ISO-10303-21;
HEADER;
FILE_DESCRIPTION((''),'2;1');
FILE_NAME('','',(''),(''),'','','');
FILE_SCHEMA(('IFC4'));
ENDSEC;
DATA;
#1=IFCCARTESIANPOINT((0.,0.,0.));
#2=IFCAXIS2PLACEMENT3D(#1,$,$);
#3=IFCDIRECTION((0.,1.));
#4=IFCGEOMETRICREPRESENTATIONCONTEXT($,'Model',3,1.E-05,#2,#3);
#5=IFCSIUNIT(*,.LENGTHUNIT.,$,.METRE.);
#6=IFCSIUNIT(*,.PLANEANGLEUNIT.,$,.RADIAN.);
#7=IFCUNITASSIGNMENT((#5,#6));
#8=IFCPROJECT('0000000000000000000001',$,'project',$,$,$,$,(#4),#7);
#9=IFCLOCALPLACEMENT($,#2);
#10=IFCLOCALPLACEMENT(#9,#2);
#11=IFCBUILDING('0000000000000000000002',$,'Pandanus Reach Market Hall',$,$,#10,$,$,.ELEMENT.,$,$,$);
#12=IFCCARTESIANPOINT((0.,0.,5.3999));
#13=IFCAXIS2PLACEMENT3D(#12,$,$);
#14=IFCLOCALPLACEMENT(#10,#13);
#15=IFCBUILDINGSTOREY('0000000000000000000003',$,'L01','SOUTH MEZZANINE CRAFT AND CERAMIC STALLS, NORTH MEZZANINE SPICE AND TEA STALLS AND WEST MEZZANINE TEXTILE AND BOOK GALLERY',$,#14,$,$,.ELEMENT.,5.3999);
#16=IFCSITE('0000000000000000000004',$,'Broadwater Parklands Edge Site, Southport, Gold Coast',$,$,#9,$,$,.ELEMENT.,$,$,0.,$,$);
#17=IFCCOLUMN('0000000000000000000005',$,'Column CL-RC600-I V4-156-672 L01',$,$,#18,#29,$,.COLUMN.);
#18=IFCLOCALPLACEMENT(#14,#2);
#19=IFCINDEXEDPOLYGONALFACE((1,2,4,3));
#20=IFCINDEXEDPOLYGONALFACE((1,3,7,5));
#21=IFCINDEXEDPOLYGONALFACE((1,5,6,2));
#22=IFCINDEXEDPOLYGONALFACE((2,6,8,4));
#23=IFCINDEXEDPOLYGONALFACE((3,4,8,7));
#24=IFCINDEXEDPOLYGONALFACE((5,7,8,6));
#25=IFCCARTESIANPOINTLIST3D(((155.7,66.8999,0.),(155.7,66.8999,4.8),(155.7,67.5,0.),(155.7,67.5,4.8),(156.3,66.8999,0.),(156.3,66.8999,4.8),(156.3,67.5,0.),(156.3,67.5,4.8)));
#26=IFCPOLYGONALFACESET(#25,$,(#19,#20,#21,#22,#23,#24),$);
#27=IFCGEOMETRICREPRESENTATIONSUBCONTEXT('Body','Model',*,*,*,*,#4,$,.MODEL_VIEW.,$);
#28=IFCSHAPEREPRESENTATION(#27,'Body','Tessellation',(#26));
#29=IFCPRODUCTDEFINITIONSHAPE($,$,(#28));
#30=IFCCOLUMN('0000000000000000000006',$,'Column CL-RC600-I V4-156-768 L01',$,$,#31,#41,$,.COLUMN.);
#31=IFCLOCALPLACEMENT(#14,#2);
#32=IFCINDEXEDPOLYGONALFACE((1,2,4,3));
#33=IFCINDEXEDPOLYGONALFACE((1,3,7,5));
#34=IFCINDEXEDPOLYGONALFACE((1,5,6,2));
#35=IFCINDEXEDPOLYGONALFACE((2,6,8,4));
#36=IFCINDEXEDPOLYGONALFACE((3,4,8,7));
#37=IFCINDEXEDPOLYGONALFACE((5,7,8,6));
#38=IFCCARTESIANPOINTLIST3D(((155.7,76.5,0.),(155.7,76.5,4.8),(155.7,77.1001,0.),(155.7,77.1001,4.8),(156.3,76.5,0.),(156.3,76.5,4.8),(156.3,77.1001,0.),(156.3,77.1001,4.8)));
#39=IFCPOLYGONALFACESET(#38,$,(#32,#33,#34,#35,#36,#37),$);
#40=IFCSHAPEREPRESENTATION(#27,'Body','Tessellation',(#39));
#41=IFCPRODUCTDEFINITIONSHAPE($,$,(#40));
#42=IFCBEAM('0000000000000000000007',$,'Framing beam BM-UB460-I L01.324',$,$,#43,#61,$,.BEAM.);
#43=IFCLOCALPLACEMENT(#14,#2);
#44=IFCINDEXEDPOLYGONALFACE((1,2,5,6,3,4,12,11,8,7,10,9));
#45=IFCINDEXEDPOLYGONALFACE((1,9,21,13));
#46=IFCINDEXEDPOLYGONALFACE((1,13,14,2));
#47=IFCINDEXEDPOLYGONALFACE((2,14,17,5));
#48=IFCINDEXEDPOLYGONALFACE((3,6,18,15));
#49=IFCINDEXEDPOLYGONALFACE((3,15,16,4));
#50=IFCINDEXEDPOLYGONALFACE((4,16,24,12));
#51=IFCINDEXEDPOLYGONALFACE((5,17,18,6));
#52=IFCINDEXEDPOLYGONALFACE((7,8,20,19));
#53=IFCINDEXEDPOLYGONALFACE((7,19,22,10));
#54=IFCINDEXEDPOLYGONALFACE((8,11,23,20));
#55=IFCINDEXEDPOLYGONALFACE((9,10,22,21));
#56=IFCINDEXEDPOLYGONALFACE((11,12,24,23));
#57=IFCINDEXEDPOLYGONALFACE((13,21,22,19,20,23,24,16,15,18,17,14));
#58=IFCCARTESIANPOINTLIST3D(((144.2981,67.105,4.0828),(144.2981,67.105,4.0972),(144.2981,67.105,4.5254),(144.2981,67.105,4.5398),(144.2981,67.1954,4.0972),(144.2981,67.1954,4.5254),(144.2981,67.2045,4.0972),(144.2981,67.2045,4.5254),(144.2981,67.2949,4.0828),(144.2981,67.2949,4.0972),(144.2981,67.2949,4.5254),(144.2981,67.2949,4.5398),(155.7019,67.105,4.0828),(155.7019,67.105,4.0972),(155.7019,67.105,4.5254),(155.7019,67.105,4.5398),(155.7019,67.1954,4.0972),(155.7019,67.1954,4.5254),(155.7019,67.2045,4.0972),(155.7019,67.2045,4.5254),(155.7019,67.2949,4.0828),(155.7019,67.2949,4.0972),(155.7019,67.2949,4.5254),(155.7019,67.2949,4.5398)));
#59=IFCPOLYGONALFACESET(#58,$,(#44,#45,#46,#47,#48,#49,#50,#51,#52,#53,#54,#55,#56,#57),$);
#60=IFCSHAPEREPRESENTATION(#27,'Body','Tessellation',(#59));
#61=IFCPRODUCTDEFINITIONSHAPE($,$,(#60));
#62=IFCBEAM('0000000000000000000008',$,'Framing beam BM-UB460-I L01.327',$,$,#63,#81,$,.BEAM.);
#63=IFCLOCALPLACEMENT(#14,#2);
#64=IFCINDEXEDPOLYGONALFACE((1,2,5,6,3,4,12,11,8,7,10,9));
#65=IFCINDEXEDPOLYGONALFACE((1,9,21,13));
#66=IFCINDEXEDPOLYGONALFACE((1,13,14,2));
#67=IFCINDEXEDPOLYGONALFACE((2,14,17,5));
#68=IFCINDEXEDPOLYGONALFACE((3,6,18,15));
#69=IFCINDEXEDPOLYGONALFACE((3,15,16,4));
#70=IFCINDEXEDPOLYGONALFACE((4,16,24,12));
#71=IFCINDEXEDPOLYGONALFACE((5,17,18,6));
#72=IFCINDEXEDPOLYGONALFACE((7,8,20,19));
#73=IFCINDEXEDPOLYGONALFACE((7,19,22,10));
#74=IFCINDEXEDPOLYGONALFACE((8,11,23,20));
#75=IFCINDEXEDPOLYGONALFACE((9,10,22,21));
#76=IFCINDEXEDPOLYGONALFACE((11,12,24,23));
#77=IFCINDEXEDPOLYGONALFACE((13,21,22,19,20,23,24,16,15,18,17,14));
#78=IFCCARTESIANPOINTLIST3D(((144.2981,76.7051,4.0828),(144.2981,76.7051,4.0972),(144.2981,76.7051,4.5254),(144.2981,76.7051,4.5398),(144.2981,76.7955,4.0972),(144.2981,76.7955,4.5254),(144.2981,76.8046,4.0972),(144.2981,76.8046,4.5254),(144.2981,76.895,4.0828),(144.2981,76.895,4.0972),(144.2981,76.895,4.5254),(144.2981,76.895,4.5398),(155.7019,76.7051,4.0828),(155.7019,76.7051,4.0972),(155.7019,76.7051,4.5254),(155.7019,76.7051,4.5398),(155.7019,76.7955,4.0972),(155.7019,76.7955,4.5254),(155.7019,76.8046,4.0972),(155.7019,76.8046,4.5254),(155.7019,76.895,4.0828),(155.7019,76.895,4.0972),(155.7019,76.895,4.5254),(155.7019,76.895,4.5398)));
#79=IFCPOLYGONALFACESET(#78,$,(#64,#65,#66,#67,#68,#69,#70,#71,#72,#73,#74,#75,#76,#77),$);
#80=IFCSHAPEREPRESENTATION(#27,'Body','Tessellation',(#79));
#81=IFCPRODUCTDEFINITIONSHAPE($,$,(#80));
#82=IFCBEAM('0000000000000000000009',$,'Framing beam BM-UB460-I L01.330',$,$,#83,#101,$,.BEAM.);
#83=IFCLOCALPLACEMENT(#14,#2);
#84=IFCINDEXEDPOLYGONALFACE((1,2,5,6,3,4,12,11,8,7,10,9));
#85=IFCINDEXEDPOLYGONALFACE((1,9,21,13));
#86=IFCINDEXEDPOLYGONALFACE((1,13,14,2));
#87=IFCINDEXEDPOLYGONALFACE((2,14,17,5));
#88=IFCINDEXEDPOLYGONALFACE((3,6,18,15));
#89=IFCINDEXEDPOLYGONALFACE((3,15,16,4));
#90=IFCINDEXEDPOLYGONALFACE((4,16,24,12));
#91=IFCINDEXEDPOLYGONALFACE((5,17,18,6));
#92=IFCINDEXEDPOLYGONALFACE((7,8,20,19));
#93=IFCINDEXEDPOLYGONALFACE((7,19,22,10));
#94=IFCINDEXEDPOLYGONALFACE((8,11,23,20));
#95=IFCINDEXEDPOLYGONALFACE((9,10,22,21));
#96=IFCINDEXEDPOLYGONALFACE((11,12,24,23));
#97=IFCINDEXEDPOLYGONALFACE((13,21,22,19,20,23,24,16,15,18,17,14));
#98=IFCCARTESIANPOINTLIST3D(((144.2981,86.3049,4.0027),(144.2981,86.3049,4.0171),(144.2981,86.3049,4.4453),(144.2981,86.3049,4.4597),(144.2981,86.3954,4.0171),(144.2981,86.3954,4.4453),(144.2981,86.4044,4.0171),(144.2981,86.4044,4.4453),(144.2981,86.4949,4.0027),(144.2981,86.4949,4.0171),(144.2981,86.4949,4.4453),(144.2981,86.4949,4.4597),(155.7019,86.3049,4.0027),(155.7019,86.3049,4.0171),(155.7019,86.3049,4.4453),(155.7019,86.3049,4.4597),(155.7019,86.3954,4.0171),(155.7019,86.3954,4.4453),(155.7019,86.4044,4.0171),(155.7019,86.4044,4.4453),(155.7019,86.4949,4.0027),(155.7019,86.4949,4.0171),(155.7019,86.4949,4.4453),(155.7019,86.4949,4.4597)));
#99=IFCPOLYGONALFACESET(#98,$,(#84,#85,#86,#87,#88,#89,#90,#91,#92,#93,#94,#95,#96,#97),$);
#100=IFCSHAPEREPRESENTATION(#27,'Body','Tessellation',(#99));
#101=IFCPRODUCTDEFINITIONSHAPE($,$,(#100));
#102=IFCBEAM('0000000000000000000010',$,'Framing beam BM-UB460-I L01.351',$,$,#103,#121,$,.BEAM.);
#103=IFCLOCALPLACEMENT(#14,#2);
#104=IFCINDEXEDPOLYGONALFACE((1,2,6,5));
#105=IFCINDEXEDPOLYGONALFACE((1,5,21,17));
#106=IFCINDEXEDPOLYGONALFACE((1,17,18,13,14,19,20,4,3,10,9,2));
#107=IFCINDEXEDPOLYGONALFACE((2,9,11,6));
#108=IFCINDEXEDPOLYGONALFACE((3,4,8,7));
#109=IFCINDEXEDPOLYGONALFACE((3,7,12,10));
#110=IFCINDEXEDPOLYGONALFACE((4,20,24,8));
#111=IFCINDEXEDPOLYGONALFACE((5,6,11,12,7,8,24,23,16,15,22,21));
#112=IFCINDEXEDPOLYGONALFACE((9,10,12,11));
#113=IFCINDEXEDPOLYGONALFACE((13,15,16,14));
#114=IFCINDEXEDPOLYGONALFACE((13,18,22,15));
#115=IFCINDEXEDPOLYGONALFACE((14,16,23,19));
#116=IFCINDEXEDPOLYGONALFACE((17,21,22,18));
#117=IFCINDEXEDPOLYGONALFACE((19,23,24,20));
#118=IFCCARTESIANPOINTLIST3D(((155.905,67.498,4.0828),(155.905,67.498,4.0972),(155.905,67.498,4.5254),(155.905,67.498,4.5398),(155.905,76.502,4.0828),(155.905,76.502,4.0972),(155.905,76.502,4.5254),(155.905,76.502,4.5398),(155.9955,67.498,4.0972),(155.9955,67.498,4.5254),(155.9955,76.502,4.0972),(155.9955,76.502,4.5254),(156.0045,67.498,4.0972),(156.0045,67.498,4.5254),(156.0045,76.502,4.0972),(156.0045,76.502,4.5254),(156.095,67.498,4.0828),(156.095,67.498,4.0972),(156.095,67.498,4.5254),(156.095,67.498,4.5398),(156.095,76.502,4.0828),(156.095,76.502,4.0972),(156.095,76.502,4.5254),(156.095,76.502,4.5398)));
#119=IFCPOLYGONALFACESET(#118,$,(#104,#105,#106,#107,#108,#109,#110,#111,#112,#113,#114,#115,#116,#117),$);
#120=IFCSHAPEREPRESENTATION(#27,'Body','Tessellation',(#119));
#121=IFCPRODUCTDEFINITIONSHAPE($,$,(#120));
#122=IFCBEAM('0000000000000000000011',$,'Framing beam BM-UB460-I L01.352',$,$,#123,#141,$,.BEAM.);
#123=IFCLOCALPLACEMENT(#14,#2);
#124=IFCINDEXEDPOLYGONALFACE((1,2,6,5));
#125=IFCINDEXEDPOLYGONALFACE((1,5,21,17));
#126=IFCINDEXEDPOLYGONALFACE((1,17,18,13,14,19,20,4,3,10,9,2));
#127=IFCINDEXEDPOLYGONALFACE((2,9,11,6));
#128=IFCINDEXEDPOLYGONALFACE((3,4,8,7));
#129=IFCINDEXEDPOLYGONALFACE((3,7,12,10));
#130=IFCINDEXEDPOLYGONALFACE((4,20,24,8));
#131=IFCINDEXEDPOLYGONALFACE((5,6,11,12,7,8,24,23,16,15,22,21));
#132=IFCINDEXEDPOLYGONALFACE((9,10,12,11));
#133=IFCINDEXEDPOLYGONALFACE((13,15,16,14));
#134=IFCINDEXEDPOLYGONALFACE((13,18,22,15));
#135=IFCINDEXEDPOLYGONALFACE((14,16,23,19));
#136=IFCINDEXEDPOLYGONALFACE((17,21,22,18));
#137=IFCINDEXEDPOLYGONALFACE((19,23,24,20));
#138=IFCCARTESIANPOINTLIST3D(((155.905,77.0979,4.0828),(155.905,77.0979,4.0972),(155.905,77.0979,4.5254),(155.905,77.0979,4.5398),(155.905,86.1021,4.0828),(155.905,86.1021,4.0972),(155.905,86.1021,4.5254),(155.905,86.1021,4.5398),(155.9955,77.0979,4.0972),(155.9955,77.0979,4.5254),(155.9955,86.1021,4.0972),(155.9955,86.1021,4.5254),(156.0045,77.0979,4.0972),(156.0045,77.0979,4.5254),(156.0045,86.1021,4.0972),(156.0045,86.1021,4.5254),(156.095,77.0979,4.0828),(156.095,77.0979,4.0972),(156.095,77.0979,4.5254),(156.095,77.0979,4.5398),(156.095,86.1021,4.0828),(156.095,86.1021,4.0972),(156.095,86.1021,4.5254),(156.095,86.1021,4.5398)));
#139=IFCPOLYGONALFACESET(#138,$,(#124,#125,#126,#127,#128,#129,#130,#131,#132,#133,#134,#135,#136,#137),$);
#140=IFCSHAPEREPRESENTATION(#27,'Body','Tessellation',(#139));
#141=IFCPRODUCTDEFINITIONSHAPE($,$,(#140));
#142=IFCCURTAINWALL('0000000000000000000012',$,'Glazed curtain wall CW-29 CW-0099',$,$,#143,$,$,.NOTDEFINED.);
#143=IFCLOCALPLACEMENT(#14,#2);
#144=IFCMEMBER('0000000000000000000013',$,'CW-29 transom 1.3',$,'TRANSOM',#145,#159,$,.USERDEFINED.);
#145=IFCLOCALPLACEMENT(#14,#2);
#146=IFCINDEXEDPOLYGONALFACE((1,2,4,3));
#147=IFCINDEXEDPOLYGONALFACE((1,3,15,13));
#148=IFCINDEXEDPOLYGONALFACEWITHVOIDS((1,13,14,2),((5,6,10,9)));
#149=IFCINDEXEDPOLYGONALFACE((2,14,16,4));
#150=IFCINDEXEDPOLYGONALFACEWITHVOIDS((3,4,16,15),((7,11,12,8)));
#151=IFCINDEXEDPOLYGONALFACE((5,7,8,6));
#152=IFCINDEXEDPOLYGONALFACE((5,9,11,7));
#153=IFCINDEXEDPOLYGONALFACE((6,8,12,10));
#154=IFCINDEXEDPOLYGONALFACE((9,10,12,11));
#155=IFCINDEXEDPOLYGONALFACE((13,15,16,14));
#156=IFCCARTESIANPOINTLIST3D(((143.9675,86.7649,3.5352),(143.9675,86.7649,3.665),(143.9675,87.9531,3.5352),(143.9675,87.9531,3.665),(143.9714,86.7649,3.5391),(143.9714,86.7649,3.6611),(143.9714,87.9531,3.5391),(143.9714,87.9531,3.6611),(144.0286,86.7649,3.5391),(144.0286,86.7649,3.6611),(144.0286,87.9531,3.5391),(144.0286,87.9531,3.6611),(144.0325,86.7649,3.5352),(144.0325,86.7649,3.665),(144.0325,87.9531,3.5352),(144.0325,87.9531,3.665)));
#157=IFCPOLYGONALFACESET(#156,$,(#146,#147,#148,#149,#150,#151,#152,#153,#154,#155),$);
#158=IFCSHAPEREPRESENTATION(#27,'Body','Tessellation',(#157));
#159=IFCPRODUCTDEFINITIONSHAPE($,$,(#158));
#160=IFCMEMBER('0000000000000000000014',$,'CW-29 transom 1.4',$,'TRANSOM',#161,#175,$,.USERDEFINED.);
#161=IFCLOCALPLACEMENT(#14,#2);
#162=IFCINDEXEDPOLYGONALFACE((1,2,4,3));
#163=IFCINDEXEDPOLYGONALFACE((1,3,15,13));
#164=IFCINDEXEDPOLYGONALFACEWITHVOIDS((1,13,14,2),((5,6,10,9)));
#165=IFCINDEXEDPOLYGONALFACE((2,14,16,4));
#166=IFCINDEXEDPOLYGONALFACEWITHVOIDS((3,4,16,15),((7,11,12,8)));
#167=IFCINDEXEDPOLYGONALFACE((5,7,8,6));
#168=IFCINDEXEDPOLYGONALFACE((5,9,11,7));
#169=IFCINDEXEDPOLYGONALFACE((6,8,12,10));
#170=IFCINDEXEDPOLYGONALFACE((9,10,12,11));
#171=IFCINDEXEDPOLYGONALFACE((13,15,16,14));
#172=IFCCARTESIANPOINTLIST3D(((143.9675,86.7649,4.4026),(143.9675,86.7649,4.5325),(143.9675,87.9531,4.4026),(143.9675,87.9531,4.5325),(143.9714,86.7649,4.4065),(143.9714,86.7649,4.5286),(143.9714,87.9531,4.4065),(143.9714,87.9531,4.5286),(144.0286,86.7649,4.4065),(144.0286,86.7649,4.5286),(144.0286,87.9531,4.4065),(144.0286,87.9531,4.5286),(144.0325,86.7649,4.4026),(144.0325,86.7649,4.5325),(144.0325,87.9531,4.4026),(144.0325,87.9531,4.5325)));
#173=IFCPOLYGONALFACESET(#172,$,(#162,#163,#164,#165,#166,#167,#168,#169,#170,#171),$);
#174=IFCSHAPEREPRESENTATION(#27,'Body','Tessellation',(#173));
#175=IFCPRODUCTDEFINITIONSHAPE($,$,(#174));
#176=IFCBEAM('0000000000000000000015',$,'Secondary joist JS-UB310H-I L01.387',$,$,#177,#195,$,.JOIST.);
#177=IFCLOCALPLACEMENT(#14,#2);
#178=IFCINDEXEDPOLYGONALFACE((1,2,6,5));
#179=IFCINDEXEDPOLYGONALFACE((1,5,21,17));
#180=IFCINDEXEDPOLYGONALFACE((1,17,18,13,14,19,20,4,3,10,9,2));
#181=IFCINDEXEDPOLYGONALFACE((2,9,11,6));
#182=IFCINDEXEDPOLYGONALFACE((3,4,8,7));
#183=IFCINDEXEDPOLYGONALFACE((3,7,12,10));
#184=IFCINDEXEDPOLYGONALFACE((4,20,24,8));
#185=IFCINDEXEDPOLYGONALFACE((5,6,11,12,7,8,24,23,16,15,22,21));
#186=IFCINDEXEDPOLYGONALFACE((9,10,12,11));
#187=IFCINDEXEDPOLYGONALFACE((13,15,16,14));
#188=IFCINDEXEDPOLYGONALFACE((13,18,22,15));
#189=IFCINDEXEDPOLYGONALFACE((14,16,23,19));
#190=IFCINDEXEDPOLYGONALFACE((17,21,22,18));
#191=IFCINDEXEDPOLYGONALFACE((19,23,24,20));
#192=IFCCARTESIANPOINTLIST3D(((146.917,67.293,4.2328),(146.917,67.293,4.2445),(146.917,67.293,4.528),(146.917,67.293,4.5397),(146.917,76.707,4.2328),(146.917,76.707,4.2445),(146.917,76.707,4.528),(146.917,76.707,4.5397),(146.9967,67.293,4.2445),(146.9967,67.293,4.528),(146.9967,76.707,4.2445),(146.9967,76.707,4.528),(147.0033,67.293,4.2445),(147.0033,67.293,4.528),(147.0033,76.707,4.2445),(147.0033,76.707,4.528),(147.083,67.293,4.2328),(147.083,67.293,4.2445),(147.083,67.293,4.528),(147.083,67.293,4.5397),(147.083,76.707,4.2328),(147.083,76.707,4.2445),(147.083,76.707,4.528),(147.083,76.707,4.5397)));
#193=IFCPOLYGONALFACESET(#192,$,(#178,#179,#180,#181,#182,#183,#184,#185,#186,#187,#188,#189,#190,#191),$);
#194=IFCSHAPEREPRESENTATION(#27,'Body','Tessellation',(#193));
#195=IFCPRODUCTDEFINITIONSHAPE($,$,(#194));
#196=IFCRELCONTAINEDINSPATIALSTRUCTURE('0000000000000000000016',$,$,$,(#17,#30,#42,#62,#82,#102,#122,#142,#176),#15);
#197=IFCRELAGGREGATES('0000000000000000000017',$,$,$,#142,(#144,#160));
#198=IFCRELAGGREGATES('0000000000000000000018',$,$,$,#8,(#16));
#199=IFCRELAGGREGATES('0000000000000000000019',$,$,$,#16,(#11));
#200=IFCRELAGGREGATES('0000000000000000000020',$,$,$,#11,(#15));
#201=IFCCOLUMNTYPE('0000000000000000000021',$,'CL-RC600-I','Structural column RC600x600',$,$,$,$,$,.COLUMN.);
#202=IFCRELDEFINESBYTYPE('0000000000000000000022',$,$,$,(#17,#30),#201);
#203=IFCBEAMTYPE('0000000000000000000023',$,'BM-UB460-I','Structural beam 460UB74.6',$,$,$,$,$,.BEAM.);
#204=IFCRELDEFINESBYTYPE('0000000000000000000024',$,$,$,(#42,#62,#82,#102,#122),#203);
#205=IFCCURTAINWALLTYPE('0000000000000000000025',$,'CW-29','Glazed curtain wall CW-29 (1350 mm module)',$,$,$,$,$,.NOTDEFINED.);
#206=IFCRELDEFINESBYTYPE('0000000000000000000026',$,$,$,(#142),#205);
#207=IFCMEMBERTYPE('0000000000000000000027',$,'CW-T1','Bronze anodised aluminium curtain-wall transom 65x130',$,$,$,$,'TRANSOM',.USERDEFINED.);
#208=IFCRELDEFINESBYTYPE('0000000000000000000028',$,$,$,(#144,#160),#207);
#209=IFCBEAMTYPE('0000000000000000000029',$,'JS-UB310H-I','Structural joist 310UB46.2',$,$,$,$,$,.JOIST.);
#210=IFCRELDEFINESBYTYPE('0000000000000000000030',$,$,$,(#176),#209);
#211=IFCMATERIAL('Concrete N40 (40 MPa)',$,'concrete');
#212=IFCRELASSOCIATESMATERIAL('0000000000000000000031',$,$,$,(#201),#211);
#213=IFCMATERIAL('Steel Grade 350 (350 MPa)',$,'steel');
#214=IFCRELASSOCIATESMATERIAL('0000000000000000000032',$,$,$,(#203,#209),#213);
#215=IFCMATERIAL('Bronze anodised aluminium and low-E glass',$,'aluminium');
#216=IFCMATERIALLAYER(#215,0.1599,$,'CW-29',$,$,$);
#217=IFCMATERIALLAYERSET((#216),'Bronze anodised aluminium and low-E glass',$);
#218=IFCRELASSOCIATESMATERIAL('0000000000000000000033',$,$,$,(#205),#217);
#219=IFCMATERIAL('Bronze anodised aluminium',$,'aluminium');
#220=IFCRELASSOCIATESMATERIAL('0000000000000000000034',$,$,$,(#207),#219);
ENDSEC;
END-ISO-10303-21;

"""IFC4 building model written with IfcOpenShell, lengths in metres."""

from ifc_helpers import new_model, si_unit, direction, frame, origin, origin_2d, place, context, subcontext, project, spatial, rectangle, hollow_rectangle, i_section, extrude, material, layer, layer_set, material_profile, profile_set, type_object, element, aggregate, save


model = new_model("IFC4")

# Units and contexts
model_context = context("Model", 3, precision=1e-05, world=origin(), true_north=direction((0.0, 1.0)))
body_context = subcontext(model_context, "Body", "Model", "MODEL_VIEW")
ifc_project = project(units=[si_unit("LENGTHUNIT", "METRE"), si_unit("PLANEANGLEUNIT", "RADIAN")], contexts=[model_context])

# Site, building, storey
site_placement = place(None, origin())
site = spatial("IfcSite", under=ifc_project, at=site_placement, Name="Broadwater Parklands Edge Site, Southport, Gold Coast", CompositionType="ELEMENT", RefElevation=0.0)
building_placement = place(site_placement, origin())
building = spatial("IfcBuilding", under=site, at=building_placement, Name="Pandanus Reach Market Hall", CompositionType="ELEMENT")
storey_placement = place(building_placement, frame((0.0, 0.0, 5.3999)))
storey = spatial("IfcBuildingStorey", under=building, at=storey_placement, Name="L01", Description="SOUTH MEZZANINE CRAFT AND CERAMIC STALLS, NORTH MEZZANINE SPICE AND TEA STALLS AND WEST MEZZANINE TEXTILE AND BOOK GALLERY", CompositionType="ELEMENT", Elevation=5.3999)

# Columns
ifc_material_1 = material(Name="Concrete N40 (40 MPa)", Category="concrete")
ifc_material_profile_1 = material_profile(ifc_material_1, rectangle(XDim=0.6001, YDim=0.6001, at=origin_2d()), Name="RC600x600", Category="LoadBearing")
ifc_profile_set_1 = profile_set([ifc_material_profile_1], Name="Concrete N40 (40 MPa)")
column_type = type_object("IfcColumnType", Name="CL-RC600-I", Description="Structural column RC600x600", PredefinedType="COLUMN", material=ifc_profile_set_1)
for number, where, z_axis, x_axis, name in (
    (1, (156.0, 67.2, 0.0), (0.0, 0.0, 1.0), (1.0, 0.0, 0.0), "Column CL-RC600-I V4-156-672 L01"),
    (2, (156.0, 76.8, 0.0), (0.0, 0.0, 1.0), (1.0, 0.0, 0.0), "Column CL-RC600-I V4-156-768 L01"),
):
    element("IfcColumn", number, at=place(storey_placement, frame(where, z_axis=z_axis, x_axis=x_axis)), inside=storey, type_object=column_type, Name=name, PredefinedType="COLUMN", context=body_context, shape_type="SweptSolid", body=[
        extrude(rectangle(XDim=0.6001, YDim=0.6001, at=origin_2d()), origin(), (0.0, 0.0, 1.0), 4.8),
    ])

# Beams
ifc_material_2 = material(Name="Steel Grade 350 (350 MPa)", Category="steel")
ifc_material_profile_2 = material_profile(ifc_material_2, i_section(OverallWidth=0.1899, OverallDepth=0.457, WebThickness=0.009, FlangeThickness=0.0144, at=origin_2d()), Name="460UB74.6", Category="LoadBearing")
ifc_profile_set_2 = profile_set([ifc_material_profile_2], Name="Steel Grade 350 (350 MPa)")
beam_type_1 = type_object("IfcBeamType", Name="BM-UB460-I", Description="Structural beam 460UB74.6", PredefinedType="BEAM", material=ifc_profile_set_2)
for number, where, z_axis, x_axis, name in (
    (3, (144.2981, 67.2, 4.3113), (1.0, 0.0, 0.0), (0.0, 1.0, 0.0), "Framing beam BM-UB460-I L01.324"),
    (4, (144.2981, 76.8, 4.3113), (1.0, 0.0, 0.0), (0.0, 1.0, 0.0), "Framing beam BM-UB460-I L01.327"),
    (5, (144.2981, 86.3999, 4.2312), (1.0, 0.0, 0.0), (0.0, 1.0, 0.0), "Framing beam BM-UB460-I L01.330"),
):
    element("IfcBeam", number, at=place(storey_placement, frame(where, z_axis=z_axis, x_axis=x_axis)), inside=storey, type_object=beam_type_1, Name=name, PredefinedType="BEAM", context=body_context, shape_type="SweptSolid", body=[
        extrude(i_section(OverallWidth=0.1899, OverallDepth=0.457, WebThickness=0.009, FlangeThickness=0.0144, at=origin_2d()), origin(), (0.0, 0.0, 1.0), 11.4038),
    ])
beam_1_placement = place(storey_placement, frame((156.0, 67.498, 4.3113), z_axis=(0.0, 1.0, 0.0), x_axis=(-1.0, 0.0, 0.0)))
element("IfcBeam", 6, at=beam_1_placement, inside=storey, type_object=beam_type_1, Name="Framing beam BM-UB460-I L01.351", PredefinedType="BEAM", context=body_context, shape_type="SweptSolid", body=[
    extrude(i_section(OverallWidth=0.1899, OverallDepth=0.457, WebThickness=0.009, FlangeThickness=0.0144, at=origin_2d()), origin(), (0.0, 0.0, 1.0), 9.0039),
])
beam_2_placement = place(storey_placement, frame((156.0, 77.0979, 4.3113), z_axis=(0.0, 1.0, 0.0), x_axis=(-1.0, 0.0, 0.0)))
element("IfcBeam", 7, at=beam_2_placement, inside=storey, type_object=beam_type_1, Name="Framing beam BM-UB460-I L01.352", PredefinedType="BEAM", context=body_context, shape_type="SweptSolid", body=[
    extrude(i_section(OverallWidth=0.1899, OverallDepth=0.457, WebThickness=0.009, FlangeThickness=0.0144, at=origin_2d()), origin(), (0.0, 0.0, 1.0), 9.0042),
])

# Curtain wall, members
ifc_material_3 = material(Name="Bronze anodised aluminium and low-E glass", Category="aluminium")
ifc_layer_1 = layer(ifc_material_3, 0.1599, Name="CW-29")
ifc_layer_set_1 = layer_set([ifc_layer_1], Name="Bronze anodised aluminium and low-E glass")
curtain_wall_type = type_object("IfcCurtainWallType", Name="CW-29", Description="Glazed curtain wall CW-29 (1350 mm module)", PredefinedType="NOTDEFINED", material=ifc_layer_set_1)
curtain_wall_placement = place(storey_placement, origin())
curtain_wall = element("IfcCurtainWall", 8, at=curtain_wall_placement, inside=storey, type_object=curtain_wall_type, Name="Glazed curtain wall CW-29 CW-0099", PredefinedType="NOTDEFINED")
ifc_material_4 = material(Name="Bronze anodised aluminium", Category="aluminium")
ifc_material_profile_3 = material_profile(ifc_material_4, hollow_rectangle(XDim=0.0649, YDim=0.1299, WallThickness=0.0039, at=origin_2d()), Name="ALU65x130", Category="LoadBearing")
ifc_profile_set_3 = profile_set([ifc_material_profile_3], Name="Bronze anodised aluminium")
member_type = type_object("IfcMemberType", Name="CW-T1", Description="Bronze anodised aluminium curtain-wall transom 65x130", ElementType="TRANSOM", PredefinedType="USERDEFINED", material=ifc_profile_set_3)
member_1_placement = place(storey_placement, frame((144.0, 86.7649, 3.6001), z_axis=(0.0, 1.0, 0.0), x_axis=(-1.0, 0.0, 0.0)))
member_1 = element("IfcMember", 9, at=member_1_placement, type_object=member_type, Name="CW-29 transom 1.3", ObjectType="TRANSOM", PredefinedType="USERDEFINED", context=body_context, shape_type="SweptSolid", body=[
    extrude(hollow_rectangle(XDim=0.0649, YDim=0.1299, WallThickness=0.0039, at=origin_2d()), origin(), (0.0, 0.0, 1.0), 1.1882),
])
member_2_placement = place(storey_placement, frame((144.0, 86.7649, 4.4675), z_axis=(0.0, 1.0, 0.0), x_axis=(-1.0, 0.0, 0.0)))
member_2 = element("IfcMember", 10, at=member_2_placement, type_object=member_type, Name="CW-29 transom 1.4", ObjectType="TRANSOM", PredefinedType="USERDEFINED", context=body_context, shape_type="SweptSolid", body=[
    extrude(hollow_rectangle(XDim=0.0649, YDim=0.1299, WallThickness=0.0039, at=origin_2d()), origin(), (0.0, 0.0, 1.0), 1.1882),
])

# Beam
ifc_material_profile_4 = material_profile(ifc_material_2, i_section(OverallWidth=0.166, OverallDepth=0.3069, WebThickness=0.0066, FlangeThickness=0.0117, at=origin_2d()), Name="310UB46.2", Category="LoadBearing")
ifc_profile_set_4 = profile_set([ifc_material_profile_4], Name="Steel Grade 350 (350 MPa)")
beam_type_2 = type_object("IfcBeamType", Name="JS-UB310H-I", Description="Structural joist 310UB46.2", PredefinedType="JOIST", material=ifc_profile_set_4)
for number, where, z_axis, x_axis, name in (
    (11, (147.0, 67.293, 4.3862), (0.0, 1.0, 0.0), (-1.0, 0.0, 0.0), "Secondary joist JS-UB310H-I L01.387"),
):
    element("IfcBeam", number, at=place(storey_placement, frame(where, z_axis=z_axis, x_axis=x_axis)), inside=storey, type_object=beam_type_2, Name=name, PredefinedType="JOIST", context=body_context, shape_type="SweptSolid", body=[
        extrude(i_section(OverallWidth=0.166, OverallDepth=0.3069, WebThickness=0.0066, FlangeThickness=0.0117, at=origin_2d()), origin(), (0.0, 0.0, 1.0), 9.4141),
    ])

aggregate(curtain_wall, [member_1, member_2])

save(model, "model.ifc")
